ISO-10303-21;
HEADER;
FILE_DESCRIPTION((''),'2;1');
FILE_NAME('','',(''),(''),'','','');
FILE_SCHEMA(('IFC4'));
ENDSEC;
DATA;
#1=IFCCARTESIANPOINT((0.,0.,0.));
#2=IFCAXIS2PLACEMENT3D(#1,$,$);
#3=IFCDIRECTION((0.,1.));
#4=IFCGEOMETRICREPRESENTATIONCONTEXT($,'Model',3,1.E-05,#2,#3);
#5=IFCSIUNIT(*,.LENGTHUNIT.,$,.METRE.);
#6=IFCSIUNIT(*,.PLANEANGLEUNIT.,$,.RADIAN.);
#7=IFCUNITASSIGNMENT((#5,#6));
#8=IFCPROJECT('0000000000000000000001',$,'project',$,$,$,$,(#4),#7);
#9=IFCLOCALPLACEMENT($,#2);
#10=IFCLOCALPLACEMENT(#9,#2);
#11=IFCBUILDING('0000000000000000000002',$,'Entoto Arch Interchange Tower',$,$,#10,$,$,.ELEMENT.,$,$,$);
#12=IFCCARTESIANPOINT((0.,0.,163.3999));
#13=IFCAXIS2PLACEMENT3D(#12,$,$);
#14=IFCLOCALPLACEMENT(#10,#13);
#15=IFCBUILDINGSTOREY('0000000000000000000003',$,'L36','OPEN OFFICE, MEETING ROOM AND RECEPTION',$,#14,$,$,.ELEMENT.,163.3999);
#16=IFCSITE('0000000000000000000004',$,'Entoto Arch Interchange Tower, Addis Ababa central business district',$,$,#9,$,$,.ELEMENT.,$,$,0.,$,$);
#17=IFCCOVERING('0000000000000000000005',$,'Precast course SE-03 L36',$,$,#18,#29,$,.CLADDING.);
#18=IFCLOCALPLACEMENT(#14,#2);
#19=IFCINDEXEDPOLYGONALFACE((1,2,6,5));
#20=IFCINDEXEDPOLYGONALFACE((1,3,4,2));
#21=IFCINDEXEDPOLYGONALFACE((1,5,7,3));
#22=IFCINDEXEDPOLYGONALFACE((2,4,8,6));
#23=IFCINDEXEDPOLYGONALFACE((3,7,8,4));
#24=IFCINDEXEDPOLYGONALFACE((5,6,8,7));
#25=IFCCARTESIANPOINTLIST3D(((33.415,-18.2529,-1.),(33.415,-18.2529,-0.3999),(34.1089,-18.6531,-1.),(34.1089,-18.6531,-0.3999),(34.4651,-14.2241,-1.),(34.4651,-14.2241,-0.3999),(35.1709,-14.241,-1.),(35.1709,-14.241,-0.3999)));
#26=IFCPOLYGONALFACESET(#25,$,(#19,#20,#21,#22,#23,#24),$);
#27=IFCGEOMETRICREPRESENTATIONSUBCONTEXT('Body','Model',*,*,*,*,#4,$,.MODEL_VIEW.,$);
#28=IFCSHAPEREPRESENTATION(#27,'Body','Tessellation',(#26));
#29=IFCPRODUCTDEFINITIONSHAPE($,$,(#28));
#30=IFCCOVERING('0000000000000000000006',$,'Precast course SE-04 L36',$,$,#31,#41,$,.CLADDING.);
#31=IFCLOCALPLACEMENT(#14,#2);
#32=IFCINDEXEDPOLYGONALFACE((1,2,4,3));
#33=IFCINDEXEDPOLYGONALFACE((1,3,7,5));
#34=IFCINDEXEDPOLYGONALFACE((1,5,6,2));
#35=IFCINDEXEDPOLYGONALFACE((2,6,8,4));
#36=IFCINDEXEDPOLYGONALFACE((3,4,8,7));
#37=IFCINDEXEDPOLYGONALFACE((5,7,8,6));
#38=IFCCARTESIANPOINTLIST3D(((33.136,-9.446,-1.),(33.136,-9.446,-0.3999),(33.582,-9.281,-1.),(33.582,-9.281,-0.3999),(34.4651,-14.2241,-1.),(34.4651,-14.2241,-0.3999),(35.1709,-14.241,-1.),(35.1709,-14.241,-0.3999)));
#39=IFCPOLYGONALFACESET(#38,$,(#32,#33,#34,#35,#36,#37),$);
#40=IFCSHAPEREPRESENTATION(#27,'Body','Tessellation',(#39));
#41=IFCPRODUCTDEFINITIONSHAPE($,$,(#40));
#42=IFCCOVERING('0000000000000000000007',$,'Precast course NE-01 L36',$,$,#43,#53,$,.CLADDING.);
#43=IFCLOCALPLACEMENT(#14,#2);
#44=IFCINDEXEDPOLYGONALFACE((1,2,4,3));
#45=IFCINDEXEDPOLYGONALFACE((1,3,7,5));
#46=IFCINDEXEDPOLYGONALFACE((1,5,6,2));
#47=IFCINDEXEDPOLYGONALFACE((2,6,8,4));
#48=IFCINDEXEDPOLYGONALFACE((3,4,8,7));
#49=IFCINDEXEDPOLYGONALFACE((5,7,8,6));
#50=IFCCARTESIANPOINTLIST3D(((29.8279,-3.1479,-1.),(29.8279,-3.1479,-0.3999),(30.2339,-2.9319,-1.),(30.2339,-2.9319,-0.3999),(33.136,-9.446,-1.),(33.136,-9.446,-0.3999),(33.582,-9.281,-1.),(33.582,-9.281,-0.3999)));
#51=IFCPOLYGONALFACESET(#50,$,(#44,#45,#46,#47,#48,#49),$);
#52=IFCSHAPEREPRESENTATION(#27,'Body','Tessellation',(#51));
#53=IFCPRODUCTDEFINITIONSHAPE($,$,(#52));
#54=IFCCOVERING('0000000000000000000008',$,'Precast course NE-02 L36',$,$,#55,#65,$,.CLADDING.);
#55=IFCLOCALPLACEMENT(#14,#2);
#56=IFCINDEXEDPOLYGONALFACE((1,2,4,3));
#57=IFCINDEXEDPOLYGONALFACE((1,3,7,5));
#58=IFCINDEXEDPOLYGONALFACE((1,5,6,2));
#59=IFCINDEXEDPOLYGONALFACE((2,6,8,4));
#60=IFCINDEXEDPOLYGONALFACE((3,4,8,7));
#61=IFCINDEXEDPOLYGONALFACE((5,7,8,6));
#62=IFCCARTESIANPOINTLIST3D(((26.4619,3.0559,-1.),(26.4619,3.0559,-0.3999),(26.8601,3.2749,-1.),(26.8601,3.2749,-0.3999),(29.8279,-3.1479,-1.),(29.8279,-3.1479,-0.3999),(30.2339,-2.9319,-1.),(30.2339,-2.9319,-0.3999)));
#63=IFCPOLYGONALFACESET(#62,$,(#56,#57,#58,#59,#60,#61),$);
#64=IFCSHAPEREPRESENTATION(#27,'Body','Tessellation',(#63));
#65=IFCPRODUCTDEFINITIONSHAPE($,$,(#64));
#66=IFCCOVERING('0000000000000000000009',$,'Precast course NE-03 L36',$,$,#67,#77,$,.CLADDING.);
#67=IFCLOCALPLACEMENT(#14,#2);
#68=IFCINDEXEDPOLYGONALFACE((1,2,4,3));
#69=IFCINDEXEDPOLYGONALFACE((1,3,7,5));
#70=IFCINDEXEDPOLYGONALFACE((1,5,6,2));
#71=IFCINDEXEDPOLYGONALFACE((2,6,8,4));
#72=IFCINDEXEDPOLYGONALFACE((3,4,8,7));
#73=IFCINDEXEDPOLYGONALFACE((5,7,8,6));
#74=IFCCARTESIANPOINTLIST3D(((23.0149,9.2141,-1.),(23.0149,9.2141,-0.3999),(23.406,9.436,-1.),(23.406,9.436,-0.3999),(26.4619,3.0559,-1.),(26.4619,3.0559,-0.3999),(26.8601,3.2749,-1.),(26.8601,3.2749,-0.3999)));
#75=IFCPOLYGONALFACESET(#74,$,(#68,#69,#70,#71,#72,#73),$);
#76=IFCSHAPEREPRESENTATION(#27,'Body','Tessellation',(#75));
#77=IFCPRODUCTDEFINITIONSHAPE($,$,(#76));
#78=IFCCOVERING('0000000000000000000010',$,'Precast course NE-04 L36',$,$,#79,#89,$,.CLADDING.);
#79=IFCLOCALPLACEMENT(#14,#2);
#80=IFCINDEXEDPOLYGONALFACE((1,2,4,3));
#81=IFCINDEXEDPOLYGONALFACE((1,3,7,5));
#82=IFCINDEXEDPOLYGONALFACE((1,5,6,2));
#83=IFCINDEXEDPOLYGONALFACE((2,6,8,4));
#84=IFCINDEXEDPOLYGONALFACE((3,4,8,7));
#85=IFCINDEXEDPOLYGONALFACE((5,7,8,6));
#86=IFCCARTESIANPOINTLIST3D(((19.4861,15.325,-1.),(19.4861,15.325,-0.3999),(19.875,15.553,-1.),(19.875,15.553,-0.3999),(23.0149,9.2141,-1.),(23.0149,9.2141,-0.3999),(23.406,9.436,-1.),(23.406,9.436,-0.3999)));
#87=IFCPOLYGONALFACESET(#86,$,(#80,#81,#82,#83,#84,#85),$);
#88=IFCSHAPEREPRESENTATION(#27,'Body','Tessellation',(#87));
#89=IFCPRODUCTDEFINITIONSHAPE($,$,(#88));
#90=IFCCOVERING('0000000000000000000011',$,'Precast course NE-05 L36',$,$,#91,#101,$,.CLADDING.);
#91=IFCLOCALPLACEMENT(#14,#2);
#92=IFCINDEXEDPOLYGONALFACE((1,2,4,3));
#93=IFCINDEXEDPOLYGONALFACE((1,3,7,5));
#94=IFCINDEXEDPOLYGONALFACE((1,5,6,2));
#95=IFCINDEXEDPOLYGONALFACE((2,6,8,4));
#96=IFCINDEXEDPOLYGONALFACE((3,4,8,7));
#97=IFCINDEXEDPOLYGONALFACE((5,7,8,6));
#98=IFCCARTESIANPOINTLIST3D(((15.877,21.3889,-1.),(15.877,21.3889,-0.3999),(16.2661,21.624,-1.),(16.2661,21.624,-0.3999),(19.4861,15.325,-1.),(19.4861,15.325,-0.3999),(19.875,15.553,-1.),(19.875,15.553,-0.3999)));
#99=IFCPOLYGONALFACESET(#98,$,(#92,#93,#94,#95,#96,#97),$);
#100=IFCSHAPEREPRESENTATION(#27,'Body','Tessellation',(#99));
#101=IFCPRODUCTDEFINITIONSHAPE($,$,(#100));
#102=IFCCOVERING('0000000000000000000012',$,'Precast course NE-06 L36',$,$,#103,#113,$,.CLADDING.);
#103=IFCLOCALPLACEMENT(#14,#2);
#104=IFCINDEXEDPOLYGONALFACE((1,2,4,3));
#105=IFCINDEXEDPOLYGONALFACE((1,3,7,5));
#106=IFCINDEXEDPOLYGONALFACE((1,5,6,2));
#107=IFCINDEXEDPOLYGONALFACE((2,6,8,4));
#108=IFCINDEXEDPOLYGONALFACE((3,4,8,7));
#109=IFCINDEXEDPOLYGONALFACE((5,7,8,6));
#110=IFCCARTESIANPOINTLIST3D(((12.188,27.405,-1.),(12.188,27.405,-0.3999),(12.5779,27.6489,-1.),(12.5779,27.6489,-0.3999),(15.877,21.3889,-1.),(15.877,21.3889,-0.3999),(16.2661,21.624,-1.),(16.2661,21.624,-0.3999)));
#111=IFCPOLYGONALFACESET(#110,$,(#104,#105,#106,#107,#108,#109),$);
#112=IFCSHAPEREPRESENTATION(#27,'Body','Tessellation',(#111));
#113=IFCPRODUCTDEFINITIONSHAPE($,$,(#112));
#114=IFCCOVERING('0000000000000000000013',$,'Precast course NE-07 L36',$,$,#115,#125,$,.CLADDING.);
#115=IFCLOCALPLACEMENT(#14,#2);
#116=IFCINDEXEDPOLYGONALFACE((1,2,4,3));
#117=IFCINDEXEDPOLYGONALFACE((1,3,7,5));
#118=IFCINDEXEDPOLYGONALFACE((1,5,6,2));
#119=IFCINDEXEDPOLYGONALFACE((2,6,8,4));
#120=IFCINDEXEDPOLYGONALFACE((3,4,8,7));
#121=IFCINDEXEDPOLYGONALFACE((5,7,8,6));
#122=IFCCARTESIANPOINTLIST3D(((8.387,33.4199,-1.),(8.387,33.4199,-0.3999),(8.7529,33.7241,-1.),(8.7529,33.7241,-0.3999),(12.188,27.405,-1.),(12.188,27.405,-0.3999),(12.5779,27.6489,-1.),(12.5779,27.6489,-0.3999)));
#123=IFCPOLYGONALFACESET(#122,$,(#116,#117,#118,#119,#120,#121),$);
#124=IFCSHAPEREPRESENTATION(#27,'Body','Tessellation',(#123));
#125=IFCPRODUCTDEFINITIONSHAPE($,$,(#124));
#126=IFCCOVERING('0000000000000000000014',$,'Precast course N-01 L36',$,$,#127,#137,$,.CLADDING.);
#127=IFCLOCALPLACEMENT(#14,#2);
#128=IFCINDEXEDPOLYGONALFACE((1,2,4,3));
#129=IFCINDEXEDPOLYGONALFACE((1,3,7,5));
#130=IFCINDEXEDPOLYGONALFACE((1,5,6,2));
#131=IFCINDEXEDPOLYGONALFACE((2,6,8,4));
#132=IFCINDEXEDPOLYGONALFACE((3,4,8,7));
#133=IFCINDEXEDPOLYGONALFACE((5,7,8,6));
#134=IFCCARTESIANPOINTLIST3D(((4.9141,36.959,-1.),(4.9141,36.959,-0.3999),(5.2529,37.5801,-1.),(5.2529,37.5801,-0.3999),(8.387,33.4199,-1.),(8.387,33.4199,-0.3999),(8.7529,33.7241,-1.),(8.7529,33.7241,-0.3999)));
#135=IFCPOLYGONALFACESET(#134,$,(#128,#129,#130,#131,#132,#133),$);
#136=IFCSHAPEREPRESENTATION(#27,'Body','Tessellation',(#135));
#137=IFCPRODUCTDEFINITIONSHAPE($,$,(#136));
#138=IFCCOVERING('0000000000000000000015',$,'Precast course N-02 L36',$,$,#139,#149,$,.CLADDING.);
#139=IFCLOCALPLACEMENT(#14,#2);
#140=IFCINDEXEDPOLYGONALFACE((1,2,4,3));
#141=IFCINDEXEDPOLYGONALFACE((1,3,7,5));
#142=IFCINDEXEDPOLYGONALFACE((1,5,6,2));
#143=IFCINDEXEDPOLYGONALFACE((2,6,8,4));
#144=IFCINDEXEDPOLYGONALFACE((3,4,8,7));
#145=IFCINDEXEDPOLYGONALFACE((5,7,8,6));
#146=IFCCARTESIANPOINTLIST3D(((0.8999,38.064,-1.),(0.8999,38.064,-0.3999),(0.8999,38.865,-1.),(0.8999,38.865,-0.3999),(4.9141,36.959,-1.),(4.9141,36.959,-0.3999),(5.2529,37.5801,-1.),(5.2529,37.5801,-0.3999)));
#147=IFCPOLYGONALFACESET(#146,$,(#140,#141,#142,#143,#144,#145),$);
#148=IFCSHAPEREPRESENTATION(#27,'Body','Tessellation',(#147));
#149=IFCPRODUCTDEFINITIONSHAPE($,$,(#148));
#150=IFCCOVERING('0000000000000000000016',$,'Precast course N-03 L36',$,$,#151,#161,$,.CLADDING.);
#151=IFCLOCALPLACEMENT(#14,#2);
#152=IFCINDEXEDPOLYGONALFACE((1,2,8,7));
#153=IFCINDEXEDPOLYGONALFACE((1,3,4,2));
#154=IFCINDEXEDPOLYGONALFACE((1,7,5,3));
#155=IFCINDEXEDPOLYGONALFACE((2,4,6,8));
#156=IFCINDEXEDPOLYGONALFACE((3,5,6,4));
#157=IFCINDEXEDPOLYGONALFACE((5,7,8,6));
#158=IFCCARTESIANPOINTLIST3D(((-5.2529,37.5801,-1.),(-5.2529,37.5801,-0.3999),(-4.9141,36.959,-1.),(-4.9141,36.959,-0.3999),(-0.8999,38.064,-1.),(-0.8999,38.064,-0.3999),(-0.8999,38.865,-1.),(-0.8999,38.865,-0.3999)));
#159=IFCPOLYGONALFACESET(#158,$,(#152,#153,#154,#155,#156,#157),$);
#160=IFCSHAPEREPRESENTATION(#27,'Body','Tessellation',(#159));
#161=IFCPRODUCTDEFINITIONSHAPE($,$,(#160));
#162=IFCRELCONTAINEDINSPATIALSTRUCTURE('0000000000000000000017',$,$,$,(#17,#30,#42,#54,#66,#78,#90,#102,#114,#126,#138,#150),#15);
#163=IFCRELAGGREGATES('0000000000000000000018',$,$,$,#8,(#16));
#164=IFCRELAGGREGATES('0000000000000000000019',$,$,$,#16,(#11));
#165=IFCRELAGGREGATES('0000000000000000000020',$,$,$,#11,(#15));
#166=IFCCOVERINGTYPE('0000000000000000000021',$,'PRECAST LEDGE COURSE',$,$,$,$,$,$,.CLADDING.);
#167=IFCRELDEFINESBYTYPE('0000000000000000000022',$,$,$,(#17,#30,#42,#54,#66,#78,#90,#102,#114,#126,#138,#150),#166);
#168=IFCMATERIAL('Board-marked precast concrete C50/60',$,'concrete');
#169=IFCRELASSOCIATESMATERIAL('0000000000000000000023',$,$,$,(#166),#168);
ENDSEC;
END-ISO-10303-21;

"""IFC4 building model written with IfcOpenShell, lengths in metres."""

from ifc_helpers import new_model, si_unit, direction, frame, origin, place, context, subcontext, project, spatial, polyline, outline, extrude, material, type_object, element, save


model = new_model("IFC4")

# Units and contexts
model_context = context("Model", 3, precision=1e-05, world=origin(), true_north=direction((0.0, 1.0)))
body_context = subcontext(model_context, "Body", "Model", "MODEL_VIEW")
ifc_project = project(units=[si_unit("LENGTHUNIT", "METRE"), si_unit("PLANEANGLEUNIT", "RADIAN")], contexts=[model_context])

# Site, building, storey
site_placement = place(None, origin())
site = spatial("IfcSite", under=ifc_project, at=site_placement, Name="Entoto Arch Interchange Tower, Addis Ababa central business district", CompositionType="ELEMENT", RefElevation=0.0)
building_placement = place(site_placement, origin())
building = spatial("IfcBuilding", under=site, at=building_placement, Name="Entoto Arch Interchange Tower", CompositionType="ELEMENT")
storey_placement = place(building_placement, frame((0.0, 0.0, 163.3999)))
storey = spatial("IfcBuildingStorey", under=building, at=storey_placement, Name="L36", Description="OPEN OFFICE, MEETING ROOM AND RECEPTION", CompositionType="ELEMENT", Elevation=163.3999)

# Coverings
ifc_material_1 = material(Name="Board-marked precast concrete C50/60", Category="concrete")
covering_type = type_object("IfcCoveringType", Name="PRECAST LEDGE COURSE", PredefinedType="CLADDING", material=ifc_material_1)
covering_1_placement = place(storey_placement, frame((0.0, 0.0, -1.0)))
element("IfcCovering", 1, at=covering_1_placement, inside=storey, type_object=covering_type, Name="Precast course SE-03 L36", PredefinedType="CLADDING", context=body_context, shape_type="SweptSolid", body=[
    extrude(outline(polyline([(34.4651, -14.2241), (35.1709, -14.241), (34.1089, -18.6531), (33.415, -18.2529), (34.4651, -14.2241)])), origin(), (0.0, 0.0, 1.0), 0.6001),
])
covering_2_placement = place(storey_placement, frame((0.0, 0.0, -1.0)))
element("IfcCovering", 2, at=covering_2_placement, inside=storey, type_object=covering_type, Name="Precast course SE-04 L36", PredefinedType="CLADDING", context=body_context, shape_type="SweptSolid", body=[
    extrude(outline(polyline([(33.136, -9.446), (33.582, -9.281), (35.1709, -14.241), (34.4651, -14.2241), (33.136, -9.446)])), origin(), (0.0, 0.0, 1.0), 0.6001),
])
covering_3_placement = place(storey_placement, frame((0.0, 0.0, -1.0)))
element("IfcCovering", 3, at=covering_3_placement, inside=storey, type_object=covering_type, Name="Precast course NE-01 L36", PredefinedType="CLADDING", context=body_context, shape_type="SweptSolid", body=[
    extrude(outline(polyline([(29.8279, -3.1479), (30.2339, -2.9319), (33.582, -9.281), (33.136, -9.446), (29.8279, -3.1479)])), origin(), (0.0, 0.0, 1.0), 0.6001),
])
covering_4_placement = place(storey_placement, frame((0.0, 0.0, -1.0)))
element("IfcCovering", 4, at=covering_4_placement, inside=storey, type_object=covering_type, Name="Precast course NE-02 L36", PredefinedType="CLADDING", context=body_context, shape_type="SweptSolid", body=[
    extrude(outline(polyline([(26.4619, 3.0559), (26.8601, 3.2749), (30.2339, -2.9319), (29.8279, -3.1479), (26.4619, 3.0559)])), origin(), (0.0, 0.0, 1.0), 0.6001),
])
covering_5_placement = place(storey_placement, frame((0.0, 0.0, -1.0)))
element("IfcCovering", 5, at=covering_5_placement, inside=storey, type_object=covering_type, Name="Precast course NE-03 L36", PredefinedType="CLADDING", context=body_context, shape_type="SweptSolid", body=[
    extrude(outline(polyline([(23.0149, 9.2141), (23.406, 9.436), (26.8601, 3.2749), (26.4619, 3.0559), (23.0149, 9.2141)])), origin(), (0.0, 0.0, 1.0), 0.6001),
])
covering_6_placement = place(storey_placement, frame((0.0, 0.0, -1.0)))
element("IfcCovering", 6, at=covering_6_placement, inside=storey, type_object=covering_type, Name="Precast course NE-04 L36", PredefinedType="CLADDING", context=body_context, shape_type="SweptSolid", body=[
    extrude(outline(polyline([(19.4861, 15.325), (19.875, 15.553), (23.406, 9.436), (23.0149, 9.2141), (19.4861, 15.325)])), origin(), (0.0, 0.0, 1.0), 0.6001),
])
covering_7_placement = place(storey_placement, frame((0.0, 0.0, -1.0)))
element("IfcCovering", 7, at=covering_7_placement, inside=storey, type_object=covering_type, Name="Precast course NE-05 L36", PredefinedType="CLADDING", context=body_context, shape_type="SweptSolid", body=[
    extrude(outline(polyline([(15.877, 21.3889), (16.2661, 21.624), (19.875, 15.553), (19.4861, 15.325), (15.877, 21.3889)])), origin(), (0.0, 0.0, 1.0), 0.6001),
])
covering_8_placement = place(storey_placement, frame((0.0, 0.0, -1.0)))
element("IfcCovering", 8, at=covering_8_placement, inside=storey, type_object=covering_type, Name="Precast course NE-06 L36", PredefinedType="CLADDING", context=body_context, shape_type="SweptSolid", body=[
    extrude(outline(polyline([(12.188, 27.405), (12.5779, 27.6489), (16.2661, 21.624), (15.877, 21.3889), (12.188, 27.405)])), origin(), (0.0, 0.0, 1.0), 0.6001),
])
covering_9_placement = place(storey_placement, frame((0.0, 0.0, -1.0)))
element("IfcCovering", 9, at=covering_9_placement, inside=storey, type_object=covering_type, Name="Precast course NE-07 L36", PredefinedType="CLADDING", context=body_context, shape_type="SweptSolid", body=[
    extrude(outline(polyline([(8.387, 33.4199), (8.7529, 33.7241), (12.5779, 27.6489), (12.188, 27.405), (8.387, 33.4199)])), origin(), (0.0, 0.0, 1.0), 0.6001),
])
covering_10_placement = place(storey_placement, frame((0.0, 0.0, -1.0)))
element("IfcCovering", 10, at=covering_10_placement, inside=storey, type_object=covering_type, Name="Precast course N-01 L36", PredefinedType="CLADDING", context=body_context, shape_type="SweptSolid", body=[
    extrude(outline(polyline([(4.9141, 36.959), (5.2529, 37.5801), (8.7529, 33.7241), (8.387, 33.4199), (4.9141, 36.959)])), origin(), (0.0, 0.0, 1.0), 0.6001),
])
covering_11_placement = place(storey_placement, frame((0.0, 0.0, -1.0)))
element("IfcCovering", 11, at=covering_11_placement, inside=storey, type_object=covering_type, Name="Precast course N-02 L36", PredefinedType="CLADDING", context=body_context, shape_type="SweptSolid", body=[
    extrude(outline(polyline([(0.8999, 38.064), (0.8999, 38.865), (5.2529, 37.5801), (4.9141, 36.959), (0.8999, 38.064)])), origin(), (0.0, 0.0, 1.0), 0.6001),
])
covering_12_placement = place(storey_placement, frame((0.0, 0.0, -1.0)))
element("IfcCovering", 12, at=covering_12_placement, inside=storey, type_object=covering_type, Name="Precast course N-03 L36", PredefinedType="CLADDING", context=body_context, shape_type="SweptSolid", body=[
    extrude(outline(polyline([(-4.9141, 36.959), (-5.2529, 37.5801), (-0.8999, 38.865), (-0.8999, 38.064), (-4.9141, 36.959)])), origin(), (0.0, 0.0, 1.0), 0.6001),
])

save(model, "model.ifc")
